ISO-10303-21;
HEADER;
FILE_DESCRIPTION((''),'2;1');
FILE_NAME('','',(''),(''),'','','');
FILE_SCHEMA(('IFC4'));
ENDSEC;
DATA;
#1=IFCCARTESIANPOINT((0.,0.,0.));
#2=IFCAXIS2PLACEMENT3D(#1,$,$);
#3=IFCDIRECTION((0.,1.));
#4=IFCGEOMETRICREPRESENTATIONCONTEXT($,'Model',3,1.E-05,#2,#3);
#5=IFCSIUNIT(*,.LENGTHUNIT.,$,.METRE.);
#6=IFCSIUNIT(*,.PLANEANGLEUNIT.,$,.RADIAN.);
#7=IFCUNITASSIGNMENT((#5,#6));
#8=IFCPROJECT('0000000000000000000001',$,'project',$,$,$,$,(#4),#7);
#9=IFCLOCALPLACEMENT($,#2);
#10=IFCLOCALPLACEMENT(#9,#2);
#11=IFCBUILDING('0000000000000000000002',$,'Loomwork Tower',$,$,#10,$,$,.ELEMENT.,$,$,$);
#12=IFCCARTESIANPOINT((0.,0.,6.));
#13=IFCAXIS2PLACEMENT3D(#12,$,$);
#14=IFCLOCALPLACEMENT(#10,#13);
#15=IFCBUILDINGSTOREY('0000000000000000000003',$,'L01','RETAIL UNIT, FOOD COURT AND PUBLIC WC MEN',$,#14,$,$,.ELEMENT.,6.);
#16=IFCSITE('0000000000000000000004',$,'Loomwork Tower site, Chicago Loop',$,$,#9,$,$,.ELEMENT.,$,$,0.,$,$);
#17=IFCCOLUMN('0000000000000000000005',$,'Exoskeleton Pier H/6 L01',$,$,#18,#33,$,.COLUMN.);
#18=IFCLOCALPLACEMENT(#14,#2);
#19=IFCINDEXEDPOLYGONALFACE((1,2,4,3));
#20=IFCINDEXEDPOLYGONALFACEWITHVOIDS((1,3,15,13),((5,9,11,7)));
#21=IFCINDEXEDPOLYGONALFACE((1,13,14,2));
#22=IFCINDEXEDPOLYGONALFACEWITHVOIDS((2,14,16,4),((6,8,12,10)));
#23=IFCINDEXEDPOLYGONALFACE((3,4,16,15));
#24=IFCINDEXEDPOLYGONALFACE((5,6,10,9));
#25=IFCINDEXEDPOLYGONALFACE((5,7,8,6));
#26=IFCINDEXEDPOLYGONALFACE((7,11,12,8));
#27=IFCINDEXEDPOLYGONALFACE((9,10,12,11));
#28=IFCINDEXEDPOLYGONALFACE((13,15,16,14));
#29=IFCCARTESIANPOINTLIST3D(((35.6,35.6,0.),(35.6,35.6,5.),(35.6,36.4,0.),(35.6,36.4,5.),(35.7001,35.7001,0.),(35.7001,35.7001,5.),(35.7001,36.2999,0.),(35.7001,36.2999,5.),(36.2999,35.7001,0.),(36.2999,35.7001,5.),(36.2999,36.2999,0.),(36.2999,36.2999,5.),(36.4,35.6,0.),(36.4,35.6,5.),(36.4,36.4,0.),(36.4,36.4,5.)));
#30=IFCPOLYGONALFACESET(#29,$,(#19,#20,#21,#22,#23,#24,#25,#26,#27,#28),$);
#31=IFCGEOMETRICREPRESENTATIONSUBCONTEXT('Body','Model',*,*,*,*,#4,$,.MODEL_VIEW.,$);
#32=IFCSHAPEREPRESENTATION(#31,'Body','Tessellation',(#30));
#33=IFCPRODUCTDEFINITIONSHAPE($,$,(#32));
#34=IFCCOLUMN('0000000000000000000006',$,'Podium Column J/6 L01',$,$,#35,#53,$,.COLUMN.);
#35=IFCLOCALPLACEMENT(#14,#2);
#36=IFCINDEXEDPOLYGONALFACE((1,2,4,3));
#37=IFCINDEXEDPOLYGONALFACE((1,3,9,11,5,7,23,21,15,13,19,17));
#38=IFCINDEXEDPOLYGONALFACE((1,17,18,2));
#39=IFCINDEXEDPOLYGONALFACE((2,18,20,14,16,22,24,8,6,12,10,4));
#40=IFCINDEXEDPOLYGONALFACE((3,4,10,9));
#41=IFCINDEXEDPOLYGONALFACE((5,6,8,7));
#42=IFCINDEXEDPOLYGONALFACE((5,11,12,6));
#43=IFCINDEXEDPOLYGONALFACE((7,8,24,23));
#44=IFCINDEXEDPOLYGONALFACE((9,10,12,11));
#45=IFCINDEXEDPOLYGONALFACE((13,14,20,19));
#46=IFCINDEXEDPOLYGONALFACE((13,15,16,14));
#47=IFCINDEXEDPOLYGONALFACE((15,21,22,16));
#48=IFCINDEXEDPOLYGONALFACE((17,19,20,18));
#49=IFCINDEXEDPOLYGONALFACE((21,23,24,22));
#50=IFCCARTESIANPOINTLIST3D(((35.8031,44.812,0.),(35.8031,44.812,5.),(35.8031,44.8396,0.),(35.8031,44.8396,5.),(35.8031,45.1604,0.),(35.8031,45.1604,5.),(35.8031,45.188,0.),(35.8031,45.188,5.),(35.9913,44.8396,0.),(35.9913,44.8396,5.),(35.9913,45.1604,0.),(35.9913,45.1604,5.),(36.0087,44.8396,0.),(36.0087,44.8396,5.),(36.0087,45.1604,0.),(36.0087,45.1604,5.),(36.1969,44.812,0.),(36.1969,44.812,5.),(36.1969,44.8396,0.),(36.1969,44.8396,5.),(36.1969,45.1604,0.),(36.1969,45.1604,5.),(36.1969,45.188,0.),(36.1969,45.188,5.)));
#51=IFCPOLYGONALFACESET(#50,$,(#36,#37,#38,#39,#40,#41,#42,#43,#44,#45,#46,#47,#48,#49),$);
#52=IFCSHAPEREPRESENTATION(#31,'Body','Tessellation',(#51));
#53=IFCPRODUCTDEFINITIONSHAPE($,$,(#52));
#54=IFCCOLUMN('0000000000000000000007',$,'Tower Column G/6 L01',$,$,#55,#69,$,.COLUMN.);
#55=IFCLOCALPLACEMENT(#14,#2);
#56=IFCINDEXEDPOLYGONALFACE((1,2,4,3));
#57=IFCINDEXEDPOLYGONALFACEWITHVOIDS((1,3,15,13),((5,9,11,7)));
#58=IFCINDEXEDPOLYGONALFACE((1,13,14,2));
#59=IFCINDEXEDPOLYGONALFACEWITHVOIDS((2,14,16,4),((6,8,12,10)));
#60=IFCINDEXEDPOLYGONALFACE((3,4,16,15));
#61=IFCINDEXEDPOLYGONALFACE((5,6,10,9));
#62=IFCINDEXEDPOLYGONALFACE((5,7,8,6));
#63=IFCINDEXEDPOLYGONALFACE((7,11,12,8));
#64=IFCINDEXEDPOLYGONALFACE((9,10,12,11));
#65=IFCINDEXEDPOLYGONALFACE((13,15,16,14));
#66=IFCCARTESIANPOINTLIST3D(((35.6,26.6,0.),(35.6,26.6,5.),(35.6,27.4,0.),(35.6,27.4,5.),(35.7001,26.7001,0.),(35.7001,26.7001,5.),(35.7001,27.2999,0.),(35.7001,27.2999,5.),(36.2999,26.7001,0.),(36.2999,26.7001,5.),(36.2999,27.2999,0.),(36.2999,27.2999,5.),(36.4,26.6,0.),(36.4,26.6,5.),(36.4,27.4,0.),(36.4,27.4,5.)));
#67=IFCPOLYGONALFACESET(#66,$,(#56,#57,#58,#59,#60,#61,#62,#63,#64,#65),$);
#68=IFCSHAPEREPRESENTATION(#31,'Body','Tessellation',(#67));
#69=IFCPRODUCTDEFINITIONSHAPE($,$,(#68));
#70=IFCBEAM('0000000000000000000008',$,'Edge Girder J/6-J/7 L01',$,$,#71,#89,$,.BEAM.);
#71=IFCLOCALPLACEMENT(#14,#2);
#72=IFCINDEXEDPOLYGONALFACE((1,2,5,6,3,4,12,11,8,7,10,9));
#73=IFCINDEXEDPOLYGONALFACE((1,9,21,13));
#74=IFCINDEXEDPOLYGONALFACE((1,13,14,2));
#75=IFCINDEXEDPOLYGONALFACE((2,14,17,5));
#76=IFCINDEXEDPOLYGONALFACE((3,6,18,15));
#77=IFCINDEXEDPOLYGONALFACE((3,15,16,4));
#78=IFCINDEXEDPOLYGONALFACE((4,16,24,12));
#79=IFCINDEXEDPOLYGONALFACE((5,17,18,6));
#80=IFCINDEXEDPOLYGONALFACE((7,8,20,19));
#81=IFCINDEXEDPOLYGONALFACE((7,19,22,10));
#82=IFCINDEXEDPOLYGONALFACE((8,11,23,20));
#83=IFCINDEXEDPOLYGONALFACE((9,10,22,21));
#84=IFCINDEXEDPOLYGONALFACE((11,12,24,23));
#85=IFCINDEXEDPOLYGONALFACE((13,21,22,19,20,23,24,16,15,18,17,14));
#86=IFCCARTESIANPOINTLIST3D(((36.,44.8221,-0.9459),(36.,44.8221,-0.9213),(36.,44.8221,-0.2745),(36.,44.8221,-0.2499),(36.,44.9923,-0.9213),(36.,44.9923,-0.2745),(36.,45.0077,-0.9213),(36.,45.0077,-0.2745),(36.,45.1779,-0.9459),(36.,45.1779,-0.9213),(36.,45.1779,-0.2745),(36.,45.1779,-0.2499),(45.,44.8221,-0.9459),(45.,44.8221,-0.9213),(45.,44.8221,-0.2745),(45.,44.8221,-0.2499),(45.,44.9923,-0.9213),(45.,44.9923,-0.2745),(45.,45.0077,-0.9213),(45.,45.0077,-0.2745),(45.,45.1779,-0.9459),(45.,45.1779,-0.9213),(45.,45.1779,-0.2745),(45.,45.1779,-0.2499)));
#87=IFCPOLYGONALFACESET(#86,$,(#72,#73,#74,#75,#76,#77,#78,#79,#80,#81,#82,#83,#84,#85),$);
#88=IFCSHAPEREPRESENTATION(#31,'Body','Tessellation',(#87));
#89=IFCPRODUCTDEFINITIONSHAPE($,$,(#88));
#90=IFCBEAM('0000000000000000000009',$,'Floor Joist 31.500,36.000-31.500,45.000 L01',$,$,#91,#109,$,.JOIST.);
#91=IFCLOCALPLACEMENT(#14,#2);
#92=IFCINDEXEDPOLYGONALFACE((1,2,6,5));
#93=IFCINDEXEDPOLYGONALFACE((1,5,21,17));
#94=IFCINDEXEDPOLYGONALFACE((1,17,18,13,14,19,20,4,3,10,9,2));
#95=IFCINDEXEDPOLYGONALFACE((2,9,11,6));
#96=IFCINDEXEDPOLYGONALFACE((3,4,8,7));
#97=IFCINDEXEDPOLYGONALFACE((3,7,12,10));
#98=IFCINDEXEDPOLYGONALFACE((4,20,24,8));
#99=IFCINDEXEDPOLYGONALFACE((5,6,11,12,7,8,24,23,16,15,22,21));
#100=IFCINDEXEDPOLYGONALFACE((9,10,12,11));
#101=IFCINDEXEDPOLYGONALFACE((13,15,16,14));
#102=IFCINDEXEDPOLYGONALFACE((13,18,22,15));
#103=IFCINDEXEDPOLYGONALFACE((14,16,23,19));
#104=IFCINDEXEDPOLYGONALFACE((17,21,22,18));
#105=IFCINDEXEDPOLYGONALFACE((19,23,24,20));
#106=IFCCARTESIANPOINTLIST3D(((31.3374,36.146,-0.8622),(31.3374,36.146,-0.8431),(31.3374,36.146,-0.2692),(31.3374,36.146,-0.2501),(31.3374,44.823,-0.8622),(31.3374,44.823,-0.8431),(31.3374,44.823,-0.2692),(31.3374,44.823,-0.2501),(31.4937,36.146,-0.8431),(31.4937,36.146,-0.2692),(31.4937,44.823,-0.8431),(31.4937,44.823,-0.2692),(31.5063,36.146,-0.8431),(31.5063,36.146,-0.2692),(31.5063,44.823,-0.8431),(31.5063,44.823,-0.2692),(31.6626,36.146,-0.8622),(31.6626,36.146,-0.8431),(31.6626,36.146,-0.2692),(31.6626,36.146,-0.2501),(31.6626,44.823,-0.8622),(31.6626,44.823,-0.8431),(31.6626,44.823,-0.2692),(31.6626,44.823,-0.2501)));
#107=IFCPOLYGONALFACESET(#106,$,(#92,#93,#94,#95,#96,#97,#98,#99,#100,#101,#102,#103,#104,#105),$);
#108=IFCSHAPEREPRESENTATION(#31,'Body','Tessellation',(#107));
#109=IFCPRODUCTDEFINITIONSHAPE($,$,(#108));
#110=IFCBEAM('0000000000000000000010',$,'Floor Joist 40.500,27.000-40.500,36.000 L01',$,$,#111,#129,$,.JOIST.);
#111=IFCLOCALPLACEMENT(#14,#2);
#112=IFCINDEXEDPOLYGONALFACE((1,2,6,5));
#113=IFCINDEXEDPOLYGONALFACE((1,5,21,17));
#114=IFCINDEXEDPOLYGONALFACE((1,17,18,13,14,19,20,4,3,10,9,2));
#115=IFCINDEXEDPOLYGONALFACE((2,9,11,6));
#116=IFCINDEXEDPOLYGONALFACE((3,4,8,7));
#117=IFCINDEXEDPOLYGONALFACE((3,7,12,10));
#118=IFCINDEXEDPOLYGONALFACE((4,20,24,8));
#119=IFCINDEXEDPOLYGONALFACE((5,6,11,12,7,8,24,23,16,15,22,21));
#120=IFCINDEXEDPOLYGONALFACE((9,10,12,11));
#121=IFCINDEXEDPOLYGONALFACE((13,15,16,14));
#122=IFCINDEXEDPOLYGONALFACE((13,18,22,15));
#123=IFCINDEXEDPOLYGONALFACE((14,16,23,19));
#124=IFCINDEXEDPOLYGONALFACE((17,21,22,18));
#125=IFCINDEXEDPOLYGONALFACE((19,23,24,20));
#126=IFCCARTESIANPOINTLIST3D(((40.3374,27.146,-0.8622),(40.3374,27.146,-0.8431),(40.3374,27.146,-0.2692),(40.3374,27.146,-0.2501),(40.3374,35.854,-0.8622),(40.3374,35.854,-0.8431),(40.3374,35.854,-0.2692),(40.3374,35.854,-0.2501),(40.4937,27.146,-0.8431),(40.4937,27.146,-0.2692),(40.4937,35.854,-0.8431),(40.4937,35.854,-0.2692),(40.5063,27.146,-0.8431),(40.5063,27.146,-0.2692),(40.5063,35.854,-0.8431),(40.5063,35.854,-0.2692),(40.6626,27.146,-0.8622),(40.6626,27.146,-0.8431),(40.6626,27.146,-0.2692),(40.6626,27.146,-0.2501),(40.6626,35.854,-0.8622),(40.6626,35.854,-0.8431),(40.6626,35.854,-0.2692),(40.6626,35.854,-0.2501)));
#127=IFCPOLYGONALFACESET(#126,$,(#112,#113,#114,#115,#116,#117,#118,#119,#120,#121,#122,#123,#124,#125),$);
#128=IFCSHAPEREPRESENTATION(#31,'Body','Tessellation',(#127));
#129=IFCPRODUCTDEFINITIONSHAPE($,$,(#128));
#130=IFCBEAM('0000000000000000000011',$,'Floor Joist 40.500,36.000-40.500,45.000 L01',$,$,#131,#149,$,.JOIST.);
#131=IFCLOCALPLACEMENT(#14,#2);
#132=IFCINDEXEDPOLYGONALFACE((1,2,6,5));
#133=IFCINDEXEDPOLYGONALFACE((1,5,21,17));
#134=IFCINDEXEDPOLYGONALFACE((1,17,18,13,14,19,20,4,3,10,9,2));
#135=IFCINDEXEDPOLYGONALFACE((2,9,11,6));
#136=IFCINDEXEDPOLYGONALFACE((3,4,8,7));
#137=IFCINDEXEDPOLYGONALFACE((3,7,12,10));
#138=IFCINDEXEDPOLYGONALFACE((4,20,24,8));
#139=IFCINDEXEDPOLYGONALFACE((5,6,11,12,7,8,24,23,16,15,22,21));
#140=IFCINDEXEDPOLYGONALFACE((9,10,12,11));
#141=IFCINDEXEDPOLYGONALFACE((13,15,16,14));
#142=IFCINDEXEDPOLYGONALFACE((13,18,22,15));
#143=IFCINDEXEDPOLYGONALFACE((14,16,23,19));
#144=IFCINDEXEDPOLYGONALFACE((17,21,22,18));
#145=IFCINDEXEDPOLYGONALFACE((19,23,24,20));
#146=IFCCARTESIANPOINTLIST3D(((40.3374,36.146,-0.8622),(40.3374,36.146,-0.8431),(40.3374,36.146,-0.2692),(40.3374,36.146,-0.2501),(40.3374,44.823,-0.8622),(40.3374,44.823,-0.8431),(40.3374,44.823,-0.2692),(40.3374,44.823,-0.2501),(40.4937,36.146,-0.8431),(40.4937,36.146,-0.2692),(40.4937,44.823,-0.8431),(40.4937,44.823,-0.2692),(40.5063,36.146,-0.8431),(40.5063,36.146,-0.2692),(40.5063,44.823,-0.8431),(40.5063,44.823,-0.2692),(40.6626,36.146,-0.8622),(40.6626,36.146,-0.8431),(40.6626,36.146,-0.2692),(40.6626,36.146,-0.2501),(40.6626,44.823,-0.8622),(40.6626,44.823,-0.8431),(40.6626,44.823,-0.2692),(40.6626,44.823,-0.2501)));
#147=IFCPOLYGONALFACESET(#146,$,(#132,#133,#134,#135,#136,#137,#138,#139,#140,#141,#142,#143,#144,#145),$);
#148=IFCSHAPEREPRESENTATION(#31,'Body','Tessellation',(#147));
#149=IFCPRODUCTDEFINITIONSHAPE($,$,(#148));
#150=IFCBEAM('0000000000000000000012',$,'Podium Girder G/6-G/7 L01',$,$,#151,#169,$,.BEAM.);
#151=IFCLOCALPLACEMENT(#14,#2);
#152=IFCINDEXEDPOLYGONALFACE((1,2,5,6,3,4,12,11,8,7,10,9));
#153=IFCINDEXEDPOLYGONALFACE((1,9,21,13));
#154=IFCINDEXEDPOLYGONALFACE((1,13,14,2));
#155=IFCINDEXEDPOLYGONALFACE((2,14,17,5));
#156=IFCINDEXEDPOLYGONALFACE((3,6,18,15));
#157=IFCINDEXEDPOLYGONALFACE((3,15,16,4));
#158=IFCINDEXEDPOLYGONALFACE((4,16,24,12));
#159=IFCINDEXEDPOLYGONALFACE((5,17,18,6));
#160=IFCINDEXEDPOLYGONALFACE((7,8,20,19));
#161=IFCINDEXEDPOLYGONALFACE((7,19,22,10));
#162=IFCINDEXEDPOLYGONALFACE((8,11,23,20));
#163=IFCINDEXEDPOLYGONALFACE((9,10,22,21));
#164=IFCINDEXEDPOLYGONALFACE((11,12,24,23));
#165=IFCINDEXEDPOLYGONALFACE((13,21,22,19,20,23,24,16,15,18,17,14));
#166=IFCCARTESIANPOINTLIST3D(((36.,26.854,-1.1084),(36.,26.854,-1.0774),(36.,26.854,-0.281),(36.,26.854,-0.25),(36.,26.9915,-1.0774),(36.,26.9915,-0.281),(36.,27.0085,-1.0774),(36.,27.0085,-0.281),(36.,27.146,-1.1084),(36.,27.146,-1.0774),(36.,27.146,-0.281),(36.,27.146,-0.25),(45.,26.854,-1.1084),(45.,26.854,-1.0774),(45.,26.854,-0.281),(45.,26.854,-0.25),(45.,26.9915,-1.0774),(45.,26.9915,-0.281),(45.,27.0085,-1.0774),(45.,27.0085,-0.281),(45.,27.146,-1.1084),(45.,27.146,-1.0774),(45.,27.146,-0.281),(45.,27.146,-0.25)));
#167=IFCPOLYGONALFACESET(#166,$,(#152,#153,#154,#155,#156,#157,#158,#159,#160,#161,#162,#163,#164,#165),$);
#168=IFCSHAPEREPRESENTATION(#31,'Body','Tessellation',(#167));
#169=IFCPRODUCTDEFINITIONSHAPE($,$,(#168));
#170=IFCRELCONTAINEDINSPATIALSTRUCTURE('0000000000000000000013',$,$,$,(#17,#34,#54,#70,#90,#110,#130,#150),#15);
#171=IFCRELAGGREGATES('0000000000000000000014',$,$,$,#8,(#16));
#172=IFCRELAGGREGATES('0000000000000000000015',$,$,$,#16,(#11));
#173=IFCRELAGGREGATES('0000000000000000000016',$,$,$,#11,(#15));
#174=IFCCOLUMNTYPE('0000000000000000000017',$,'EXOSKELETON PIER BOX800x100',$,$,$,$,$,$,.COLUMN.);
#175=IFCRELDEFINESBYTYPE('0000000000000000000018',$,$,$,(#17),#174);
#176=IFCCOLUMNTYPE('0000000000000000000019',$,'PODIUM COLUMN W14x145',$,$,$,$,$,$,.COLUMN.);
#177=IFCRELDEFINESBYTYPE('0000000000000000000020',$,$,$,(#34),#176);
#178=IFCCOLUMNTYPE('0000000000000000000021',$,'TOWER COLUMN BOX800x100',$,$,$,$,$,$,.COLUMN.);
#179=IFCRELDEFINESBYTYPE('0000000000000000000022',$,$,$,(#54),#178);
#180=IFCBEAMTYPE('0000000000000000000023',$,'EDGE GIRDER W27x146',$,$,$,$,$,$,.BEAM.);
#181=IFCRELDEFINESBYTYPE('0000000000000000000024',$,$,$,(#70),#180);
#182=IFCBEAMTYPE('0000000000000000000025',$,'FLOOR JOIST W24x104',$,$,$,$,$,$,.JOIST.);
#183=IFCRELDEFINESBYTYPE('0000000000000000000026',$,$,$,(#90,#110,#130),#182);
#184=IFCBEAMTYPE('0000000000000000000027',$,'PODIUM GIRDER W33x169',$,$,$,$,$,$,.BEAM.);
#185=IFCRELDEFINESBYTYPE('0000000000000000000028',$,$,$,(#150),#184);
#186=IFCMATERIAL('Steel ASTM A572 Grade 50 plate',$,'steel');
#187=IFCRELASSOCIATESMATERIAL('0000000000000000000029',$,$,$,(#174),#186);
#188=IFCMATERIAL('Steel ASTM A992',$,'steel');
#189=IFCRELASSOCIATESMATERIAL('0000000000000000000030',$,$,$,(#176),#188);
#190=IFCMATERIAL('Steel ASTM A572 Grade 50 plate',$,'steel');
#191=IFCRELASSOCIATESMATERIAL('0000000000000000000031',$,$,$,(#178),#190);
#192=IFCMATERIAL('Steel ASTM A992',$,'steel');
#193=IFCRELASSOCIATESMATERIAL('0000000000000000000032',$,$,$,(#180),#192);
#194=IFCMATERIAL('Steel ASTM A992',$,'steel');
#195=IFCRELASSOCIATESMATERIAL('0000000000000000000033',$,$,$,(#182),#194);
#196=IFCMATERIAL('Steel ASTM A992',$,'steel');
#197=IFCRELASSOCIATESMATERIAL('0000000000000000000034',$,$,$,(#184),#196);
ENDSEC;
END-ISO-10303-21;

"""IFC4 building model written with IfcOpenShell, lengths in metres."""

from ifc_helpers import new_model, si_unit, direction, frame, origin, origin_2d, place, context, subcontext, project, spatial, hollow_rectangle, i_section, extrude, material, material_profile, profile_set, type_object, element, save


model = new_model("IFC4")

# Units and contexts
model_context = context("Model", 3, precision=1e-05, world=origin(), true_north=direction((0.0, 1.0)))
body_context = subcontext(model_context, "Body", "Model", "MODEL_VIEW")
ifc_project = project(units=[si_unit("LENGTHUNIT", "METRE"), si_unit("PLANEANGLEUNIT", "RADIAN")], contexts=[model_context])

# Site, building, storey
site_placement = place(None, origin())
site = spatial("IfcSite", under=ifc_project, at=site_placement, Name="Loomwork Tower site, Chicago Loop", CompositionType="ELEMENT", RefElevation=0.0)
building_placement = place(site_placement, origin())
building = spatial("IfcBuilding", under=site, at=building_placement, Name="Loomwork Tower", CompositionType="ELEMENT")
storey_placement = place(building_placement, frame((0.0, 0.0, 6.0)))
storey = spatial("IfcBuildingStorey", under=building, at=storey_placement, Name="L01", Description="RETAIL UNIT, FOOD COURT AND PUBLIC WC MEN", CompositionType="ELEMENT", Elevation=6.0)

# Columns
ifc_material_1 = material(Name="Steel ASTM A572 Grade 50 plate", Category="steel")
ifc_material_profile_1 = material_profile(ifc_material_1, hollow_rectangle(XDim=0.8, YDim=0.8, WallThickness=0.1001, at=origin_2d()), Name="BOX800x100")
ifc_profile_set_1 = profile_set([ifc_material_profile_1], Name="Steel ASTM A572 Grade 50 plate")
column_type_1 = type_object("IfcColumnType", Name="EXOSKELETON PIER BOX800x100", PredefinedType="COLUMN", material=ifc_profile_set_1)
column_1_placement = place(storey_placement, frame((36.0, 36.0, 0.0), z_axis=(0.0, 0.0, 1.0), x_axis=(1.0, 0.0, 0.0)))
element("IfcColumn", 1, at=column_1_placement, inside=storey, type_object=column_type_1, Name="Exoskeleton Pier H/6 L01", PredefinedType="COLUMN", context=body_context, shape_type="SweptSolid", body=[
    extrude(hollow_rectangle(XDim=0.8, YDim=0.8, WallThickness=0.1001, at=origin_2d()), origin(), (0.0, 0.0, 1.0), 5.0),
])
ifc_material_2 = material(Name="Steel ASTM A992", Category="steel")
ifc_material_profile_2 = material_profile(ifc_material_2, i_section(OverallWidth=0.3938, OverallDepth=0.376, WebThickness=0.0173, FlangeThickness=0.0276, at=origin_2d()), Name="W14x145")
ifc_profile_set_2 = profile_set([ifc_material_profile_2], Name="Steel ASTM A992")
column_type_2 = type_object("IfcColumnType", Name="PODIUM COLUMN W14x145", PredefinedType="COLUMN", material=ifc_profile_set_2)
column_2_placement = place(storey_placement, frame((36.0, 45.0, 0.0), z_axis=(0.0, 0.0, 1.0), x_axis=(1.0, 0.0, 0.0)))
element("IfcColumn", 2, at=column_2_placement, inside=storey, type_object=column_type_2, Name="Podium Column J/6 L01", PredefinedType="COLUMN", context=body_context, shape_type="SweptSolid", body=[
    extrude(i_section(OverallWidth=0.3938, OverallDepth=0.376, WebThickness=0.0173, FlangeThickness=0.0276, at=origin_2d()), origin(), (0.0, 0.0, 1.0), 5.0),
])
ifc_material_3 = material(Name="Steel ASTM A572 Grade 50 plate", Category="steel")
ifc_material_profile_3 = material_profile(ifc_material_3, hollow_rectangle(XDim=0.8, YDim=0.8, WallThickness=0.1001, at=origin_2d()), Name="BOX800x100")
ifc_profile_set_3 = profile_set([ifc_material_profile_3], Name="Steel ASTM A572 Grade 50 plate")
column_type_3 = type_object("IfcColumnType", Name="TOWER COLUMN BOX800x100", PredefinedType="COLUMN", material=ifc_profile_set_3)
column_3_placement = place(storey_placement, frame((36.0, 27.0, 0.0), z_axis=(0.0, 0.0, 1.0), x_axis=(1.0, 0.0, 0.0)))
element("IfcColumn", 3, at=column_3_placement, inside=storey, type_object=column_type_3, Name="Tower Column G/6 L01", PredefinedType="COLUMN", context=body_context, shape_type="SweptSolid", body=[
    extrude(hollow_rectangle(XDim=0.8, YDim=0.8, WallThickness=0.1001, at=origin_2d()), origin(), (0.0, 0.0, 1.0), 5.0),
])

# Beams
ifc_material_4 = material(Name="Steel ASTM A992", Category="steel")
ifc_material_profile_4 = material_profile(ifc_material_4, i_section(OverallWidth=0.3557, OverallDepth=0.696, WebThickness=0.0154, FlangeThickness=0.0247, at=origin_2d()), Name="W27x146")
ifc_profile_set_4 = profile_set([ifc_material_profile_4], Name="Steel ASTM A992")
beam_type_1 = type_object("IfcBeamType", Name="EDGE GIRDER W27x146", PredefinedType="BEAM", material=ifc_profile_set_4)
beam_1_placement = place(storey_placement, frame((36.0, 45.0, -0.5979), z_axis=(1.0, 0.0, 0.0), x_axis=(0.0, 1.0, 0.0)))
element("IfcBeam", 4, at=beam_1_placement, inside=storey, type_object=beam_type_1, Name="Edge Girder J/6-J/7 L01", PredefinedType="BEAM", context=body_context, shape_type="SweptSolid", body=[
    extrude(i_section(OverallWidth=0.3557, OverallDepth=0.696, WebThickness=0.0154, FlangeThickness=0.0247, at=origin_2d()), origin(), (0.0, 0.0, 1.0), 9.0),
])
ifc_material_5 = material(Name="Steel ASTM A992", Category="steel")
ifc_material_profile_5 = material_profile(ifc_material_5, i_section(OverallWidth=0.3252, OverallDepth=0.6121, WebThickness=0.0127, FlangeThickness=0.019, at=origin_2d()), Name="W24x104")
ifc_profile_set_5 = profile_set([ifc_material_profile_5], Name="Steel ASTM A992")
beam_type_2 = type_object("IfcBeamType", Name="FLOOR JOIST W24x104", PredefinedType="JOIST", material=ifc_profile_set_5)
beam_2_placement = place(storey_placement, frame((31.5, 36.146, -0.5562), z_axis=(0.0, 1.0, 0.0), x_axis=(-1.0, 0.0, 0.0)))
element("IfcBeam", 5, at=beam_2_placement, inside=storey, type_object=beam_type_2, Name="Floor Joist 31.500,36.000-31.500,45.000 L01", PredefinedType="JOIST", context=body_context, shape_type="SweptSolid", body=[
    extrude(i_section(OverallWidth=0.3252, OverallDepth=0.6121, WebThickness=0.0127, FlangeThickness=0.019, at=origin_2d()), origin(), (0.0, 0.0, 1.0), 8.677),
])
beam_3_placement = place(storey_placement, frame((40.5, 27.146, -0.5562), z_axis=(0.0, 1.0, 0.0), x_axis=(-1.0, 0.0, 0.0)))
element("IfcBeam", 6, at=beam_3_placement, inside=storey, type_object=beam_type_2, Name="Floor Joist 40.500,27.000-40.500,36.000 L01", PredefinedType="JOIST", context=body_context, shape_type="SweptSolid", body=[
    extrude(i_section(OverallWidth=0.3252, OverallDepth=0.6121, WebThickness=0.0127, FlangeThickness=0.019, at=origin_2d()), origin(), (0.0, 0.0, 1.0), 8.708),
])
beam_4_placement = place(storey_placement, frame((40.5, 36.146, -0.5562), z_axis=(0.0, 1.0, 0.0), x_axis=(-1.0, 0.0, 0.0)))
element("IfcBeam", 7, at=beam_4_placement, inside=storey, type_object=beam_type_2, Name="Floor Joist 40.500,36.000-40.500,45.000 L01", PredefinedType="JOIST", context=body_context, shape_type="SweptSolid", body=[
    extrude(i_section(OverallWidth=0.3252, OverallDepth=0.6121, WebThickness=0.0127, FlangeThickness=0.019, at=origin_2d()), origin(), (0.0, 0.0, 1.0), 8.677),
])
ifc_material_6 = material(Name="Steel ASTM A992", Category="steel")
ifc_material_profile_6 = material_profile(ifc_material_6, i_section(OverallWidth=0.292, OverallDepth=0.8584, WebThickness=0.0171, FlangeThickness=0.031, at=origin_2d()), Name="W33x169")
ifc_profile_set_6 = profile_set([ifc_material_profile_6], Name="Steel ASTM A992")
beam_type_3 = type_object("IfcBeamType", Name="PODIUM GIRDER W33x169", PredefinedType="BEAM", material=ifc_profile_set_6)
for number, where, z_axis, x_axis, name in (
    (8, (36.0, 27.0, -0.6792), (1.0, 0.0, 0.0), (0.0, 1.0, 0.0), "Podium Girder G/6-G/7 L01"),
):
    element("IfcBeam", number, at=place(storey_placement, frame(where, z_axis=z_axis, x_axis=x_axis)), inside=storey, type_object=beam_type_3, Name=name, PredefinedType="BEAM", context=body_context, shape_type="SweptSolid", body=[
        extrude(i_section(OverallWidth=0.292, OverallDepth=0.8584, WebThickness=0.0171, FlangeThickness=0.031, at=origin_2d()), origin(), (0.0, 0.0, 1.0), 9.0),
    ])

save(model, "model.ifc")
